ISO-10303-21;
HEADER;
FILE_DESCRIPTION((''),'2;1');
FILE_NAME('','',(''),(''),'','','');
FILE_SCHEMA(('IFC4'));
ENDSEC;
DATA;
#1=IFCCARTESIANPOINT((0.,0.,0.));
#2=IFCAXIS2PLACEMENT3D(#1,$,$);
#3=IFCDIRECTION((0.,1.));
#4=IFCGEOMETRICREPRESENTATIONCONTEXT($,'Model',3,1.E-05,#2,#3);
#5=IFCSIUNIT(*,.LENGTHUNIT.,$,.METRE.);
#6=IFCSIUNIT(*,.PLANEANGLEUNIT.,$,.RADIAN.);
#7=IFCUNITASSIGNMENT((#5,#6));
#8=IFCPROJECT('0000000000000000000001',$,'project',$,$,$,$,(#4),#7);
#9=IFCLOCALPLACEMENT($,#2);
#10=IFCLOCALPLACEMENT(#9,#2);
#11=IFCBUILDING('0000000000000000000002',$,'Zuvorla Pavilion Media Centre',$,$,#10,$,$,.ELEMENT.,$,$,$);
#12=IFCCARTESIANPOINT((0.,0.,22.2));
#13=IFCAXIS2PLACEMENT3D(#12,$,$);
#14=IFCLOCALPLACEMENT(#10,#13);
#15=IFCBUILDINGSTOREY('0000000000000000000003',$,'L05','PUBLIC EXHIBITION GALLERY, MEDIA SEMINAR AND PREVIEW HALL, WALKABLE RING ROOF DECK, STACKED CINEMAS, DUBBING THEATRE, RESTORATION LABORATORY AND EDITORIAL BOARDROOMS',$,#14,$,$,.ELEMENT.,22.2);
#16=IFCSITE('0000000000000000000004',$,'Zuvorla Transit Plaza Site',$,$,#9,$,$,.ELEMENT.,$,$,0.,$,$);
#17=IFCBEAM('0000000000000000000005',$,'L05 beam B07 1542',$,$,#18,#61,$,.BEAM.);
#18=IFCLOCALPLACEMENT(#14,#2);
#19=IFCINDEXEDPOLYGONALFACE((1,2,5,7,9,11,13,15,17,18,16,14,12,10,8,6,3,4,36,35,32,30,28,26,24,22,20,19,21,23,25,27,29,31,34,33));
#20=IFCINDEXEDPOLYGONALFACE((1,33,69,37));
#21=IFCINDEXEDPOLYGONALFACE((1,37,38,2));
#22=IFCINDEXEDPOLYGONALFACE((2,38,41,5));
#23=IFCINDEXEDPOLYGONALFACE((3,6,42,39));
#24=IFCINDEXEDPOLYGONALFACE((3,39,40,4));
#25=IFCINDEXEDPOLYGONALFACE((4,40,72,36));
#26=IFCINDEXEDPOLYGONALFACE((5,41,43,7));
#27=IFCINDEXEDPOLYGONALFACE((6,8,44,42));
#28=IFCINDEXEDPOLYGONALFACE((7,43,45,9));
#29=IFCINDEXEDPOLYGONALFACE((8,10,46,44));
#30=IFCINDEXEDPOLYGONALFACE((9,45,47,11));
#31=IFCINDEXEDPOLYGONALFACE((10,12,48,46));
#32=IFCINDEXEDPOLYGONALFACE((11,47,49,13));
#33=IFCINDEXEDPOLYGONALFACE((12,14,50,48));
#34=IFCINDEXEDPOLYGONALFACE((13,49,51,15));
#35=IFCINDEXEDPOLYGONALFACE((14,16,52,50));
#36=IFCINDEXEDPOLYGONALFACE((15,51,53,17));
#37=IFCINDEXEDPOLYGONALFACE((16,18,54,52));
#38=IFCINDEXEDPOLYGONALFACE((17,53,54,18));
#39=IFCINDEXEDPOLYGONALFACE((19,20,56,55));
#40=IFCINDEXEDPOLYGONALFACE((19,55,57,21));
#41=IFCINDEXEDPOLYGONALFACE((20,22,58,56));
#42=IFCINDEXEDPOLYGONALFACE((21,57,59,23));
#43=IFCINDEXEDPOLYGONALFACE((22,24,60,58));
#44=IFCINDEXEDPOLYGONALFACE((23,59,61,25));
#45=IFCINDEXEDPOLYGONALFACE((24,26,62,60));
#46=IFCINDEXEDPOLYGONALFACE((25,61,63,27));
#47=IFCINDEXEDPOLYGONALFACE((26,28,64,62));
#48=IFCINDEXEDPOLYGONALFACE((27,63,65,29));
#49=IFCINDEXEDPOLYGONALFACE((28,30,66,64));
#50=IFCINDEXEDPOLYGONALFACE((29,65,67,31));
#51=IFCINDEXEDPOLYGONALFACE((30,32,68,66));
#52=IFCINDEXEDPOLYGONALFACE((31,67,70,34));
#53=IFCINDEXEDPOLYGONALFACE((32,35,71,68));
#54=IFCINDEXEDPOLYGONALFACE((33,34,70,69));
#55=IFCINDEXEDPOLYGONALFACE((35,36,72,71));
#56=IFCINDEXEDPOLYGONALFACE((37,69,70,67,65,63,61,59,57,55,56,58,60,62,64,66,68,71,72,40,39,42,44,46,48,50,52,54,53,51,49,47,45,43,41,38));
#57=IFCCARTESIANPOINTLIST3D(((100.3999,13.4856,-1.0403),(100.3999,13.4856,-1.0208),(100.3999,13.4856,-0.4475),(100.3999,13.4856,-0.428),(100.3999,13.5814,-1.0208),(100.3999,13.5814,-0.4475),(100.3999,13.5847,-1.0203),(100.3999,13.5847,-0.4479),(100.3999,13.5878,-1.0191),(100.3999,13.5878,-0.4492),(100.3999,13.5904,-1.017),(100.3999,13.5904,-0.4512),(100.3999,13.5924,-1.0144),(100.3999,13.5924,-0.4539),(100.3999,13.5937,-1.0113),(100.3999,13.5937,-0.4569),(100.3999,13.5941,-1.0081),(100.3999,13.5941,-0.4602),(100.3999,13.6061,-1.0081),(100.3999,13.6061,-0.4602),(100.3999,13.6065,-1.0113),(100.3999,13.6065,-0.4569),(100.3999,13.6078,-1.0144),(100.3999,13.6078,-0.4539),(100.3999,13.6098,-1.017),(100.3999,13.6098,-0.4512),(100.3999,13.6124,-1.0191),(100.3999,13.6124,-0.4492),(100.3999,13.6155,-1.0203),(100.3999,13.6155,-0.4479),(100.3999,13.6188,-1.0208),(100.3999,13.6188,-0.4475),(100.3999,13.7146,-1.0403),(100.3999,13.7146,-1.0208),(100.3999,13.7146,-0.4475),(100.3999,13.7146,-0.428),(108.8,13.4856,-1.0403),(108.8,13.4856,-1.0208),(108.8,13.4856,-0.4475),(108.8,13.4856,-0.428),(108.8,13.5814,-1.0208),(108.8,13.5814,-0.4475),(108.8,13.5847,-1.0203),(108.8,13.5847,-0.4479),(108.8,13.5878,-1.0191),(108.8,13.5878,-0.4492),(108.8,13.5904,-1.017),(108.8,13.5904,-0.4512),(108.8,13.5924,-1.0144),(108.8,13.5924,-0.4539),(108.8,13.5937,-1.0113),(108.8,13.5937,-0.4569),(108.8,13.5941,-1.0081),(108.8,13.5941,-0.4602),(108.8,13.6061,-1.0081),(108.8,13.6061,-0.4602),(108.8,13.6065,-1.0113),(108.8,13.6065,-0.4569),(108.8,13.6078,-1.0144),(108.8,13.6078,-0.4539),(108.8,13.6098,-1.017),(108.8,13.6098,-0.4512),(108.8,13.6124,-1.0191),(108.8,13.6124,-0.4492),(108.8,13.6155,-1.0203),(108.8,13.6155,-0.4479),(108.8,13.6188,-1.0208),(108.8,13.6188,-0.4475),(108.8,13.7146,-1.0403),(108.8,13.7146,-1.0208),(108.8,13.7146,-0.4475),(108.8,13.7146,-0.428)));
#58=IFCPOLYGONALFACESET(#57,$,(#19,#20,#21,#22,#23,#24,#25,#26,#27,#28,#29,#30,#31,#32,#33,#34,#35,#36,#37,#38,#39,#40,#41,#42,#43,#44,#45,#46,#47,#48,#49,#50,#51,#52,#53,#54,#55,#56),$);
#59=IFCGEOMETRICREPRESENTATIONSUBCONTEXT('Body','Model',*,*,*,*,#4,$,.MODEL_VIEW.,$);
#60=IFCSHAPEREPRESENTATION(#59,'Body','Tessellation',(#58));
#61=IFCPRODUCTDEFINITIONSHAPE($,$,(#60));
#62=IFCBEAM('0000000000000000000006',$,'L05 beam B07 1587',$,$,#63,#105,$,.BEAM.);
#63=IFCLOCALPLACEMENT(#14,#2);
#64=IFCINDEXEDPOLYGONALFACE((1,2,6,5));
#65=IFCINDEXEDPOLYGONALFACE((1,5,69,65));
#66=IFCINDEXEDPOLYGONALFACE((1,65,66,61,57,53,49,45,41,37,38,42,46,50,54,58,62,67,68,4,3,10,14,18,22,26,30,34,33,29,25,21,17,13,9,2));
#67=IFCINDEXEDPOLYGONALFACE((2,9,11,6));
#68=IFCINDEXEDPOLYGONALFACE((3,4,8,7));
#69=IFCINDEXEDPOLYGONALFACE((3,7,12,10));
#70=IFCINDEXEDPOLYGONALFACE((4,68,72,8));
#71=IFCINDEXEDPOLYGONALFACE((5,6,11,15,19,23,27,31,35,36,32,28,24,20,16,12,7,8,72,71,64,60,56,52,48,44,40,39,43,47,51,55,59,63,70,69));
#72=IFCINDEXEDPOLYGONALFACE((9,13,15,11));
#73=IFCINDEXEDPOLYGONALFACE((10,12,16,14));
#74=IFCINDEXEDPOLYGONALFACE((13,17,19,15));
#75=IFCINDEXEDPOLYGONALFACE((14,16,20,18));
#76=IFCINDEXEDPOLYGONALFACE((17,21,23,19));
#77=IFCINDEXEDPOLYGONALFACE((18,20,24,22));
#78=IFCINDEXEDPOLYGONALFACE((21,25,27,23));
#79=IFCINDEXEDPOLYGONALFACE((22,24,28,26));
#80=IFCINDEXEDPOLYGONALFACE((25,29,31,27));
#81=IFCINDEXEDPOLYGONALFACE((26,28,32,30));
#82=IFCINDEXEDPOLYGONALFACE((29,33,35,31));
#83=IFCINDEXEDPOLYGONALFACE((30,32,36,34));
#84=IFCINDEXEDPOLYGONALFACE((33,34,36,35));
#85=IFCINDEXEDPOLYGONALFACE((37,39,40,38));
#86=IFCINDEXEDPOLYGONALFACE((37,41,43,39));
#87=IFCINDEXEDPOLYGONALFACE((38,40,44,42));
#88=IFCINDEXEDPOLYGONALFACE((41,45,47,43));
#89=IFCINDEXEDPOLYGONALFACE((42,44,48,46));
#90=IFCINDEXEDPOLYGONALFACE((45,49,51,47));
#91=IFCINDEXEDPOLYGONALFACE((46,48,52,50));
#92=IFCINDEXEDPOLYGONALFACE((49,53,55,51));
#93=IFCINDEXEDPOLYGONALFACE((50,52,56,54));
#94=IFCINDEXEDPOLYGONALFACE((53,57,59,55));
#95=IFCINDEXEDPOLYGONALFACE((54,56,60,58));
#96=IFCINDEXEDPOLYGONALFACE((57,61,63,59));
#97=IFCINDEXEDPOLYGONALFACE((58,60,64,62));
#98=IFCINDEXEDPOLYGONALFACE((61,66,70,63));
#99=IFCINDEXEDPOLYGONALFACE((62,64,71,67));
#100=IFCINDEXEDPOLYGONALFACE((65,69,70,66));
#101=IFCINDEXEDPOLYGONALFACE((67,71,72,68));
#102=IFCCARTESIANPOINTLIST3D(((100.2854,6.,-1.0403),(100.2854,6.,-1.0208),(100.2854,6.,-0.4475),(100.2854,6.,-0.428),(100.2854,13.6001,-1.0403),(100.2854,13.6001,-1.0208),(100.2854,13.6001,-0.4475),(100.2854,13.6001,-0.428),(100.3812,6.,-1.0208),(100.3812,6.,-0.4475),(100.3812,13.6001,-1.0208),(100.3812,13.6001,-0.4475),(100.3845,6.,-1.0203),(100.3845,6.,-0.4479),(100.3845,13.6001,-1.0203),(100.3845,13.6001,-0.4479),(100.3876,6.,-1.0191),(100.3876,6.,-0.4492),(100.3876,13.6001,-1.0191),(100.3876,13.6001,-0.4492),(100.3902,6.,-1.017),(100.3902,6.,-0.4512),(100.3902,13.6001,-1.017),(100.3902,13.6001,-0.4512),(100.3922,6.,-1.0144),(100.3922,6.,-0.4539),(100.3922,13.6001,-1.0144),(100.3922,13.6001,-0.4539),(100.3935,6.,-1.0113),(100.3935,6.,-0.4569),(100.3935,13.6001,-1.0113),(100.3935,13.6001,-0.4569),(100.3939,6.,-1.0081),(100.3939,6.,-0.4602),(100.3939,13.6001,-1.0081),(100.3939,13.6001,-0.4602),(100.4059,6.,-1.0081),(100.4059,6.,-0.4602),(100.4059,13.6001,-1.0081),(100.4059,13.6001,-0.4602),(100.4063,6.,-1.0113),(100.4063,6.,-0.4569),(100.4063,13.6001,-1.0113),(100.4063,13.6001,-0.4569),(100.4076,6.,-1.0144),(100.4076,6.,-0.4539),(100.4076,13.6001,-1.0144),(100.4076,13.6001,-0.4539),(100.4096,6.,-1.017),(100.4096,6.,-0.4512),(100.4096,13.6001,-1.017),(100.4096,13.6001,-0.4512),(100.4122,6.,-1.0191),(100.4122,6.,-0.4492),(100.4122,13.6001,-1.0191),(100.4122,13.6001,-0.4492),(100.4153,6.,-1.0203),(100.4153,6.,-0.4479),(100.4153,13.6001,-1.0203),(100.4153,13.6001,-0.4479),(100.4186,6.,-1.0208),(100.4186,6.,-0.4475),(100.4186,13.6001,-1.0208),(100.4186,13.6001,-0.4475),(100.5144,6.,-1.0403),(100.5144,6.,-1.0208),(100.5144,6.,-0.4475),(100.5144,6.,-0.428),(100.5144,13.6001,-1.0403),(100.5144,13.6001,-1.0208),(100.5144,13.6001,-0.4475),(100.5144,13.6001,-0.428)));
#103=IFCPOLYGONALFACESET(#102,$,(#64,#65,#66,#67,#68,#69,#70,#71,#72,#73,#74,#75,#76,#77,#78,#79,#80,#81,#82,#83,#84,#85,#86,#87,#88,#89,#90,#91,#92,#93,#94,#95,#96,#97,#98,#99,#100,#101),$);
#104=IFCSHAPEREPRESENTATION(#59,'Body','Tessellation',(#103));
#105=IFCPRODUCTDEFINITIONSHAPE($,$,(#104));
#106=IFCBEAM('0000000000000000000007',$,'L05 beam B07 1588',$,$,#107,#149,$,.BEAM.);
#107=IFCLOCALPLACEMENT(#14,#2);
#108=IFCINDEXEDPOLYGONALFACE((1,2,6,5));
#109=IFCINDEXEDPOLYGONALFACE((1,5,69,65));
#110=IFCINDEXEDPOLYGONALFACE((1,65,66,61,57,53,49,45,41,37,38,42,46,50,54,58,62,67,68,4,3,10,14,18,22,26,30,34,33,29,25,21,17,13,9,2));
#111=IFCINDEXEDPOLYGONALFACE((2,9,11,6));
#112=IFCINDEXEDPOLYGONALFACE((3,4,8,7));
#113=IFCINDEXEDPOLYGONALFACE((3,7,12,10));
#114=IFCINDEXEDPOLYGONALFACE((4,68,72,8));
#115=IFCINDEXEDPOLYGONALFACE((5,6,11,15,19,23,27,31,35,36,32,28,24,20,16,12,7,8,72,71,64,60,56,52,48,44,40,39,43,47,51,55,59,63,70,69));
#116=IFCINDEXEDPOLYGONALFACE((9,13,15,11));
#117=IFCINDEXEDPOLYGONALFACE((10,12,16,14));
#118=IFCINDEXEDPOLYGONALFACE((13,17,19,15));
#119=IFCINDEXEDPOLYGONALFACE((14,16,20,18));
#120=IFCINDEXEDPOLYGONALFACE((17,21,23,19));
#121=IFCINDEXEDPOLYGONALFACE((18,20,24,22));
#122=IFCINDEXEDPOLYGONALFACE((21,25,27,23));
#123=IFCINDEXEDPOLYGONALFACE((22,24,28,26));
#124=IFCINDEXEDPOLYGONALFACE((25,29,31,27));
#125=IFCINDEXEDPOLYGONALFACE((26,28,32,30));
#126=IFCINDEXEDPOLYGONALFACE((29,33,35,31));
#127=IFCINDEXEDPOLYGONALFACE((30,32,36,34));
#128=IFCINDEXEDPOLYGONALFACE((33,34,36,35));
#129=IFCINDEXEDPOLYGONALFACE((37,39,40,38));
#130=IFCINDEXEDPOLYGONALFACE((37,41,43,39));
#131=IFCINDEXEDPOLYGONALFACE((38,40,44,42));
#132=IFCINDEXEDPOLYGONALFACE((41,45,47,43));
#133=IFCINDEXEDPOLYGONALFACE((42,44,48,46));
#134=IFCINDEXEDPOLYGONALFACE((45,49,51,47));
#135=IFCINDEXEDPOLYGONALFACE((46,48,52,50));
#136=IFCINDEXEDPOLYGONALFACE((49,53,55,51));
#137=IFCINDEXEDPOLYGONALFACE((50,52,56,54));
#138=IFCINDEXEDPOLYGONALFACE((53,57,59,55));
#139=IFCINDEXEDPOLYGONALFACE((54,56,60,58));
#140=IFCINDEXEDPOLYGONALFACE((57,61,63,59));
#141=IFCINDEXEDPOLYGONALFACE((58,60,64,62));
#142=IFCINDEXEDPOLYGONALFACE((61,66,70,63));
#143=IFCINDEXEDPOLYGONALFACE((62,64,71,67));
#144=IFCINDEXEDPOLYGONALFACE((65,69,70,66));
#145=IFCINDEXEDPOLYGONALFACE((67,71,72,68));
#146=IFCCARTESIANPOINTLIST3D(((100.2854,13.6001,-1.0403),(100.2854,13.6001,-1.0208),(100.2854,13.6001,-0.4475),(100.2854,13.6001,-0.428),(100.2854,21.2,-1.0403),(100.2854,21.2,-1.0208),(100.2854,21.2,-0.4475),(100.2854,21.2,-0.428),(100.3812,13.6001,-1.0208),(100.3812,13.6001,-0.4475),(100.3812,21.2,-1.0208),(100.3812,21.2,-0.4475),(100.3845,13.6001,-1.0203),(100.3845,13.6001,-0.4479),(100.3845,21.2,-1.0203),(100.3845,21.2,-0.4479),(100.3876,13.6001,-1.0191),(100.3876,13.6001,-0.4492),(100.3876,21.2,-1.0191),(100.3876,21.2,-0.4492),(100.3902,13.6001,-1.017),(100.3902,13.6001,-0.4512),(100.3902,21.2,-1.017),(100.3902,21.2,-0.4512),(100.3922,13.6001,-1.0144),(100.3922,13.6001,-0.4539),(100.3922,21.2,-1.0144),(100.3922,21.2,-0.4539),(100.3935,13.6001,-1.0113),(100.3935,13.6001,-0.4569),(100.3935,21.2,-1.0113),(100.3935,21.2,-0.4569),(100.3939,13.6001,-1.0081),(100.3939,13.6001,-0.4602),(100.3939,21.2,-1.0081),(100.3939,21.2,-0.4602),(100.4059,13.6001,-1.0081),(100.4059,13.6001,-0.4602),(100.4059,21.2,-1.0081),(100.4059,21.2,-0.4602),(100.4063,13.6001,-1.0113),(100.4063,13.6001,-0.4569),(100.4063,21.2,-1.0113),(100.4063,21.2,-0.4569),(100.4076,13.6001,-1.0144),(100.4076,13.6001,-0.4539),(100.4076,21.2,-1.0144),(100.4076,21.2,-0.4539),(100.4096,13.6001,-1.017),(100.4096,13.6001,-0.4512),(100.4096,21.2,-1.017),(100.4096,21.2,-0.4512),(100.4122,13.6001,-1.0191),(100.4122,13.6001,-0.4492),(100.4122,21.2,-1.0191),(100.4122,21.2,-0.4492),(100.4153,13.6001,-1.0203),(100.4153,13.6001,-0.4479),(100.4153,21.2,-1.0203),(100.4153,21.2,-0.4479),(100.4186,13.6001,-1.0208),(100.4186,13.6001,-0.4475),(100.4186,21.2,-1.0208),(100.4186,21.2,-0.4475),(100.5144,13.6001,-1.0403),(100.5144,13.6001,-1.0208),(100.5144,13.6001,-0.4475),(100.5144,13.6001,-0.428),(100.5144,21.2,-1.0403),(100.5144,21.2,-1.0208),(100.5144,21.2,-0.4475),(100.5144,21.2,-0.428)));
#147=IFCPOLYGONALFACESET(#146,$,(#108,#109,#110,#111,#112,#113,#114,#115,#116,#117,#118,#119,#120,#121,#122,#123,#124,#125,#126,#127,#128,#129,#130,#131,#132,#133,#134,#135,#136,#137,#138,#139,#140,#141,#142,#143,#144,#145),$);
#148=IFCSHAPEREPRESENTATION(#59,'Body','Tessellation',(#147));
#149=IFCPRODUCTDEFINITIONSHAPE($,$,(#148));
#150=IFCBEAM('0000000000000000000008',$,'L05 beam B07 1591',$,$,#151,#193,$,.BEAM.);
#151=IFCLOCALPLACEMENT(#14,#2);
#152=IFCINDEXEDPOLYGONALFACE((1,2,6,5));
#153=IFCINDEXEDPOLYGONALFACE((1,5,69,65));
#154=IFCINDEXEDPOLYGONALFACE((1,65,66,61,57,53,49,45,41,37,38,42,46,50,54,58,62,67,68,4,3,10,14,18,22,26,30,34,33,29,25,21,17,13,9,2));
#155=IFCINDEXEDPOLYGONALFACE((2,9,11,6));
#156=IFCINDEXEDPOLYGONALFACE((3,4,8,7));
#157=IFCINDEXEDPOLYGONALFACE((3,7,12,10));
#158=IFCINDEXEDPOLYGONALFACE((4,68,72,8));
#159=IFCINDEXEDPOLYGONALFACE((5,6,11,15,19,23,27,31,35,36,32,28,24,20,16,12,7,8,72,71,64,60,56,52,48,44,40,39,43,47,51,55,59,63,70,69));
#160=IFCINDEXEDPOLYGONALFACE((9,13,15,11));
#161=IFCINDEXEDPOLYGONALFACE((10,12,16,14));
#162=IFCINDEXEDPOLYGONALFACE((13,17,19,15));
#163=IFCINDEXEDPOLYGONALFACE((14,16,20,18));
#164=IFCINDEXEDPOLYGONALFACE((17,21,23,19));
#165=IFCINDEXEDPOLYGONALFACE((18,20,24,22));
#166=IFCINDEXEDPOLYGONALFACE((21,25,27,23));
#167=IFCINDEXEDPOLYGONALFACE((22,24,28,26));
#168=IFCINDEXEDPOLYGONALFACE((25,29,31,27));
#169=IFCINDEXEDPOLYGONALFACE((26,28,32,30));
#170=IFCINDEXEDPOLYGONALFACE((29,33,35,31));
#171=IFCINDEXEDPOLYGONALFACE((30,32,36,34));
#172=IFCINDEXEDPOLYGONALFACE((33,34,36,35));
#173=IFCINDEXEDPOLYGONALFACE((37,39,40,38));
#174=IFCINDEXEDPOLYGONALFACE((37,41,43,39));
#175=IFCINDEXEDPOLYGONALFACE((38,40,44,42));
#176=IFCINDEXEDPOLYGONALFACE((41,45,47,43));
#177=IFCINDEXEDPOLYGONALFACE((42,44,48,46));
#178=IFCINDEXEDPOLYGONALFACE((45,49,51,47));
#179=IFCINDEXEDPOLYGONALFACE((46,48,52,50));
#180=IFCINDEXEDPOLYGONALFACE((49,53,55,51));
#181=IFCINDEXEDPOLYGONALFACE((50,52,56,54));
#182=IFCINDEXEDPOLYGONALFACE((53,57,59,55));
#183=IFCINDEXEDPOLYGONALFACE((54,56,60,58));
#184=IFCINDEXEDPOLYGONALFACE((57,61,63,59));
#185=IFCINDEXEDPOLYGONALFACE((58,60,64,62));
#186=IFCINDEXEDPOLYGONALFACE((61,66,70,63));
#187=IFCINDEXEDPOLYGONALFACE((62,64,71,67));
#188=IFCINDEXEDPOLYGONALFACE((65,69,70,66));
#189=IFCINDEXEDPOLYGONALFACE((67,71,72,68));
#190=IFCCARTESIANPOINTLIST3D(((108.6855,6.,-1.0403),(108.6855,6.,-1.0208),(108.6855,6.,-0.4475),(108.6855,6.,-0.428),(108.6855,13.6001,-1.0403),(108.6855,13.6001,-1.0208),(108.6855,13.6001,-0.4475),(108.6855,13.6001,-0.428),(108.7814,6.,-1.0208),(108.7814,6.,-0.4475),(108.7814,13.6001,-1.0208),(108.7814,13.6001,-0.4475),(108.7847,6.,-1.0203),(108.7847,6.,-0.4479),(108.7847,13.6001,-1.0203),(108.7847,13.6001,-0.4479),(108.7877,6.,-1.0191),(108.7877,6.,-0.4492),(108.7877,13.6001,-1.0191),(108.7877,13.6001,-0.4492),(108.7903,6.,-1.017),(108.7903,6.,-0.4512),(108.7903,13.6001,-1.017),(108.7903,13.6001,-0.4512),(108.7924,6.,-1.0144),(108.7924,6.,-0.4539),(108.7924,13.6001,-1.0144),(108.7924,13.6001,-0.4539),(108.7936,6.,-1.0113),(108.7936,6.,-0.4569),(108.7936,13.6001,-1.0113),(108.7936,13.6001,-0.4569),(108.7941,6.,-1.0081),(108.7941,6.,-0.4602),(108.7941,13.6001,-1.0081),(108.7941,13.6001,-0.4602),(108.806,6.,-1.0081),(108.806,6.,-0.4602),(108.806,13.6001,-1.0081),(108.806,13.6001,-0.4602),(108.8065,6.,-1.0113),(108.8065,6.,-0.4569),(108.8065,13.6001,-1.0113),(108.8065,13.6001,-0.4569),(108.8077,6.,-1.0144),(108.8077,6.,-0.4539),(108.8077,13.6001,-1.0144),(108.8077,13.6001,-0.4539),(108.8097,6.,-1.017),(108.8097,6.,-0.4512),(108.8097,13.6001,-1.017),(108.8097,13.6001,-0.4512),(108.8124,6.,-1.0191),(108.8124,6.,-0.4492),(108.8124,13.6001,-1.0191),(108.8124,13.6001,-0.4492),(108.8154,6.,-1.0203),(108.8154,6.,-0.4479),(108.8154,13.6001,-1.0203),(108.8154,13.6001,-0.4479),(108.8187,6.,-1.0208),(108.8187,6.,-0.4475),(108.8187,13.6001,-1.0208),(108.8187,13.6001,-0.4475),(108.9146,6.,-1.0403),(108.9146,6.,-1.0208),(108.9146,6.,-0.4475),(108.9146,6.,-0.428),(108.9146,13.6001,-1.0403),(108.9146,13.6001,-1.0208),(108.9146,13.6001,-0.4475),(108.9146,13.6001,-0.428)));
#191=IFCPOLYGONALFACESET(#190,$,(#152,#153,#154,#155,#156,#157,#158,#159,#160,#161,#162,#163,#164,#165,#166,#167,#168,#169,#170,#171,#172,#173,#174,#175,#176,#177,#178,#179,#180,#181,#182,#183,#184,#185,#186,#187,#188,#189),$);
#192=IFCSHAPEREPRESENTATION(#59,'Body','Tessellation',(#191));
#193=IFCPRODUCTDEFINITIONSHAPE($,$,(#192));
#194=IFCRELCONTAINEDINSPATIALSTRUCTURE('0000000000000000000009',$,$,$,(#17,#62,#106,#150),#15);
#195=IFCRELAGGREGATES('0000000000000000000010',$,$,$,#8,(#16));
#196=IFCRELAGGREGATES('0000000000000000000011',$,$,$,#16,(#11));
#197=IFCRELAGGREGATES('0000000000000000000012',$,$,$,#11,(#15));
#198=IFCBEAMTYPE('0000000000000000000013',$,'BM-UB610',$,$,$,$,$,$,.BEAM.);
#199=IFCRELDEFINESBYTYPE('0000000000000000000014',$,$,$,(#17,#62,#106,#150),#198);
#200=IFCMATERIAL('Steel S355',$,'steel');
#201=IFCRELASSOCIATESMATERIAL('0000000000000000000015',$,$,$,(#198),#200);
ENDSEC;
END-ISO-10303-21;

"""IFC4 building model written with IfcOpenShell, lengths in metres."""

from ifc_helpers import new_model, si_unit, direction, frame, origin, origin_2d, place, context, subcontext, project, spatial, i_section, extrude, material, material_profile, profile_set, type_object, element, save


model = new_model("IFC4")

# Units and contexts
model_context = context("Model", 3, precision=1e-05, world=origin(), true_north=direction((0.0, 1.0)))
body_context = subcontext(model_context, "Body", "Model", "MODEL_VIEW")
ifc_project = project(units=[si_unit("LENGTHUNIT", "METRE"), si_unit("PLANEANGLEUNIT", "RADIAN")], contexts=[model_context])

# Site, building, storey
site_placement = place(None, origin())
site = spatial("IfcSite", under=ifc_project, at=site_placement, Name="Zuvorla Transit Plaza Site", CompositionType="ELEMENT", RefElevation=0.0)
building_placement = place(site_placement, origin())
building = spatial("IfcBuilding", under=site, at=building_placement, Name="Zuvorla Pavilion Media Centre", CompositionType="ELEMENT")
storey_placement = place(building_placement, frame((0.0, 0.0, 22.2)))
storey = spatial("IfcBuildingStorey", under=building, at=storey_placement, Name="L05", Description="PUBLIC EXHIBITION GALLERY, MEDIA SEMINAR AND PREVIEW HALL, WALKABLE RING ROOF DECK, STACKED CINEMAS, DUBBING THEATRE, RESTORATION LABORATORY AND EDITORIAL BOARDROOMS", CompositionType="ELEMENT", Elevation=22.2)

# Shared definitions
ifc_material_1 = material(Name="Steel S355", Category="steel")

# Beams
ifc_material_profile_1 = material_profile(ifc_material_1, i_section(OverallWidth=0.229, OverallDepth=0.6123, WebThickness=0.012, FlangeThickness=0.0195, FilletRadius=0.0127, at=origin_2d()), Name="UB 610x229x125")
ifc_profile_set_1 = profile_set([ifc_material_profile_1], Name="Steel S355")
beam_type_1 = type_object("IfcBeamType", Name="BM-UB610", PredefinedType="BEAM", material=ifc_profile_set_1)
beam_1_placement = place(storey_placement, frame((100.3999, 13.6001, -0.7341), z_axis=(1.0, 0.0, 0.0), x_axis=(0.0, 1.0, 0.0)))
element("IfcBeam", 1, at=beam_1_placement, inside=storey, type_object=beam_type_1, Name="L05 beam B07 1542", PredefinedType="BEAM", context=body_context, shape_type="SweptSolid", body=[
    extrude(i_section(OverallWidth=0.229, OverallDepth=0.6123, WebThickness=0.012, FlangeThickness=0.0195, FilletRadius=0.0127, at=origin_2d()), origin(), (0.0, 0.0, 1.0), 8.4001),
])
beam_2_placement = place(storey_placement, frame((100.3999, 6.0, -0.7341), z_axis=(0.0, 1.0, 0.0), x_axis=(-1.0, 0.0, 0.0)))
element("IfcBeam", 2, at=beam_2_placement, inside=storey, type_object=beam_type_1, Name="L05 beam B07 1587", PredefinedType="BEAM", context=body_context, shape_type="SweptSolid", body=[
    extrude(i_section(OverallWidth=0.229, OverallDepth=0.6123, WebThickness=0.012, FlangeThickness=0.0195, FilletRadius=0.0127, at=origin_2d()), origin(), (0.0, 0.0, 1.0), 7.6001),
])
beam_3_placement = place(storey_placement, frame((100.3999, 13.6001, -0.7341), z_axis=(0.0, 1.0, 0.0), x_axis=(-1.0, 0.0, 0.0)))
element("IfcBeam", 3, at=beam_3_placement, inside=storey, type_object=beam_type_1, Name="L05 beam B07 1588", PredefinedType="BEAM", context=body_context, shape_type="SweptSolid", body=[
    extrude(i_section(OverallWidth=0.229, OverallDepth=0.6123, WebThickness=0.012, FlangeThickness=0.0195, FilletRadius=0.0127, at=origin_2d()), origin(), (0.0, 0.0, 1.0), 7.5999),
])
beam_4_placement = place(storey_placement, frame((108.8, 6.0, -0.7341), z_axis=(0.0, 1.0, 0.0), x_axis=(-1.0, 0.0, 0.0)))
element("IfcBeam", 4, at=beam_4_placement, inside=storey, type_object=beam_type_1, Name="L05 beam B07 1591", PredefinedType="BEAM", context=body_context, shape_type="SweptSolid", body=[
    extrude(i_section(OverallWidth=0.229, OverallDepth=0.6123, WebThickness=0.012, FlangeThickness=0.0195, FilletRadius=0.0127, at=origin_2d()), origin(), (0.0, 0.0, 1.0), 7.6001),
])

save(model, "model.ifc")
